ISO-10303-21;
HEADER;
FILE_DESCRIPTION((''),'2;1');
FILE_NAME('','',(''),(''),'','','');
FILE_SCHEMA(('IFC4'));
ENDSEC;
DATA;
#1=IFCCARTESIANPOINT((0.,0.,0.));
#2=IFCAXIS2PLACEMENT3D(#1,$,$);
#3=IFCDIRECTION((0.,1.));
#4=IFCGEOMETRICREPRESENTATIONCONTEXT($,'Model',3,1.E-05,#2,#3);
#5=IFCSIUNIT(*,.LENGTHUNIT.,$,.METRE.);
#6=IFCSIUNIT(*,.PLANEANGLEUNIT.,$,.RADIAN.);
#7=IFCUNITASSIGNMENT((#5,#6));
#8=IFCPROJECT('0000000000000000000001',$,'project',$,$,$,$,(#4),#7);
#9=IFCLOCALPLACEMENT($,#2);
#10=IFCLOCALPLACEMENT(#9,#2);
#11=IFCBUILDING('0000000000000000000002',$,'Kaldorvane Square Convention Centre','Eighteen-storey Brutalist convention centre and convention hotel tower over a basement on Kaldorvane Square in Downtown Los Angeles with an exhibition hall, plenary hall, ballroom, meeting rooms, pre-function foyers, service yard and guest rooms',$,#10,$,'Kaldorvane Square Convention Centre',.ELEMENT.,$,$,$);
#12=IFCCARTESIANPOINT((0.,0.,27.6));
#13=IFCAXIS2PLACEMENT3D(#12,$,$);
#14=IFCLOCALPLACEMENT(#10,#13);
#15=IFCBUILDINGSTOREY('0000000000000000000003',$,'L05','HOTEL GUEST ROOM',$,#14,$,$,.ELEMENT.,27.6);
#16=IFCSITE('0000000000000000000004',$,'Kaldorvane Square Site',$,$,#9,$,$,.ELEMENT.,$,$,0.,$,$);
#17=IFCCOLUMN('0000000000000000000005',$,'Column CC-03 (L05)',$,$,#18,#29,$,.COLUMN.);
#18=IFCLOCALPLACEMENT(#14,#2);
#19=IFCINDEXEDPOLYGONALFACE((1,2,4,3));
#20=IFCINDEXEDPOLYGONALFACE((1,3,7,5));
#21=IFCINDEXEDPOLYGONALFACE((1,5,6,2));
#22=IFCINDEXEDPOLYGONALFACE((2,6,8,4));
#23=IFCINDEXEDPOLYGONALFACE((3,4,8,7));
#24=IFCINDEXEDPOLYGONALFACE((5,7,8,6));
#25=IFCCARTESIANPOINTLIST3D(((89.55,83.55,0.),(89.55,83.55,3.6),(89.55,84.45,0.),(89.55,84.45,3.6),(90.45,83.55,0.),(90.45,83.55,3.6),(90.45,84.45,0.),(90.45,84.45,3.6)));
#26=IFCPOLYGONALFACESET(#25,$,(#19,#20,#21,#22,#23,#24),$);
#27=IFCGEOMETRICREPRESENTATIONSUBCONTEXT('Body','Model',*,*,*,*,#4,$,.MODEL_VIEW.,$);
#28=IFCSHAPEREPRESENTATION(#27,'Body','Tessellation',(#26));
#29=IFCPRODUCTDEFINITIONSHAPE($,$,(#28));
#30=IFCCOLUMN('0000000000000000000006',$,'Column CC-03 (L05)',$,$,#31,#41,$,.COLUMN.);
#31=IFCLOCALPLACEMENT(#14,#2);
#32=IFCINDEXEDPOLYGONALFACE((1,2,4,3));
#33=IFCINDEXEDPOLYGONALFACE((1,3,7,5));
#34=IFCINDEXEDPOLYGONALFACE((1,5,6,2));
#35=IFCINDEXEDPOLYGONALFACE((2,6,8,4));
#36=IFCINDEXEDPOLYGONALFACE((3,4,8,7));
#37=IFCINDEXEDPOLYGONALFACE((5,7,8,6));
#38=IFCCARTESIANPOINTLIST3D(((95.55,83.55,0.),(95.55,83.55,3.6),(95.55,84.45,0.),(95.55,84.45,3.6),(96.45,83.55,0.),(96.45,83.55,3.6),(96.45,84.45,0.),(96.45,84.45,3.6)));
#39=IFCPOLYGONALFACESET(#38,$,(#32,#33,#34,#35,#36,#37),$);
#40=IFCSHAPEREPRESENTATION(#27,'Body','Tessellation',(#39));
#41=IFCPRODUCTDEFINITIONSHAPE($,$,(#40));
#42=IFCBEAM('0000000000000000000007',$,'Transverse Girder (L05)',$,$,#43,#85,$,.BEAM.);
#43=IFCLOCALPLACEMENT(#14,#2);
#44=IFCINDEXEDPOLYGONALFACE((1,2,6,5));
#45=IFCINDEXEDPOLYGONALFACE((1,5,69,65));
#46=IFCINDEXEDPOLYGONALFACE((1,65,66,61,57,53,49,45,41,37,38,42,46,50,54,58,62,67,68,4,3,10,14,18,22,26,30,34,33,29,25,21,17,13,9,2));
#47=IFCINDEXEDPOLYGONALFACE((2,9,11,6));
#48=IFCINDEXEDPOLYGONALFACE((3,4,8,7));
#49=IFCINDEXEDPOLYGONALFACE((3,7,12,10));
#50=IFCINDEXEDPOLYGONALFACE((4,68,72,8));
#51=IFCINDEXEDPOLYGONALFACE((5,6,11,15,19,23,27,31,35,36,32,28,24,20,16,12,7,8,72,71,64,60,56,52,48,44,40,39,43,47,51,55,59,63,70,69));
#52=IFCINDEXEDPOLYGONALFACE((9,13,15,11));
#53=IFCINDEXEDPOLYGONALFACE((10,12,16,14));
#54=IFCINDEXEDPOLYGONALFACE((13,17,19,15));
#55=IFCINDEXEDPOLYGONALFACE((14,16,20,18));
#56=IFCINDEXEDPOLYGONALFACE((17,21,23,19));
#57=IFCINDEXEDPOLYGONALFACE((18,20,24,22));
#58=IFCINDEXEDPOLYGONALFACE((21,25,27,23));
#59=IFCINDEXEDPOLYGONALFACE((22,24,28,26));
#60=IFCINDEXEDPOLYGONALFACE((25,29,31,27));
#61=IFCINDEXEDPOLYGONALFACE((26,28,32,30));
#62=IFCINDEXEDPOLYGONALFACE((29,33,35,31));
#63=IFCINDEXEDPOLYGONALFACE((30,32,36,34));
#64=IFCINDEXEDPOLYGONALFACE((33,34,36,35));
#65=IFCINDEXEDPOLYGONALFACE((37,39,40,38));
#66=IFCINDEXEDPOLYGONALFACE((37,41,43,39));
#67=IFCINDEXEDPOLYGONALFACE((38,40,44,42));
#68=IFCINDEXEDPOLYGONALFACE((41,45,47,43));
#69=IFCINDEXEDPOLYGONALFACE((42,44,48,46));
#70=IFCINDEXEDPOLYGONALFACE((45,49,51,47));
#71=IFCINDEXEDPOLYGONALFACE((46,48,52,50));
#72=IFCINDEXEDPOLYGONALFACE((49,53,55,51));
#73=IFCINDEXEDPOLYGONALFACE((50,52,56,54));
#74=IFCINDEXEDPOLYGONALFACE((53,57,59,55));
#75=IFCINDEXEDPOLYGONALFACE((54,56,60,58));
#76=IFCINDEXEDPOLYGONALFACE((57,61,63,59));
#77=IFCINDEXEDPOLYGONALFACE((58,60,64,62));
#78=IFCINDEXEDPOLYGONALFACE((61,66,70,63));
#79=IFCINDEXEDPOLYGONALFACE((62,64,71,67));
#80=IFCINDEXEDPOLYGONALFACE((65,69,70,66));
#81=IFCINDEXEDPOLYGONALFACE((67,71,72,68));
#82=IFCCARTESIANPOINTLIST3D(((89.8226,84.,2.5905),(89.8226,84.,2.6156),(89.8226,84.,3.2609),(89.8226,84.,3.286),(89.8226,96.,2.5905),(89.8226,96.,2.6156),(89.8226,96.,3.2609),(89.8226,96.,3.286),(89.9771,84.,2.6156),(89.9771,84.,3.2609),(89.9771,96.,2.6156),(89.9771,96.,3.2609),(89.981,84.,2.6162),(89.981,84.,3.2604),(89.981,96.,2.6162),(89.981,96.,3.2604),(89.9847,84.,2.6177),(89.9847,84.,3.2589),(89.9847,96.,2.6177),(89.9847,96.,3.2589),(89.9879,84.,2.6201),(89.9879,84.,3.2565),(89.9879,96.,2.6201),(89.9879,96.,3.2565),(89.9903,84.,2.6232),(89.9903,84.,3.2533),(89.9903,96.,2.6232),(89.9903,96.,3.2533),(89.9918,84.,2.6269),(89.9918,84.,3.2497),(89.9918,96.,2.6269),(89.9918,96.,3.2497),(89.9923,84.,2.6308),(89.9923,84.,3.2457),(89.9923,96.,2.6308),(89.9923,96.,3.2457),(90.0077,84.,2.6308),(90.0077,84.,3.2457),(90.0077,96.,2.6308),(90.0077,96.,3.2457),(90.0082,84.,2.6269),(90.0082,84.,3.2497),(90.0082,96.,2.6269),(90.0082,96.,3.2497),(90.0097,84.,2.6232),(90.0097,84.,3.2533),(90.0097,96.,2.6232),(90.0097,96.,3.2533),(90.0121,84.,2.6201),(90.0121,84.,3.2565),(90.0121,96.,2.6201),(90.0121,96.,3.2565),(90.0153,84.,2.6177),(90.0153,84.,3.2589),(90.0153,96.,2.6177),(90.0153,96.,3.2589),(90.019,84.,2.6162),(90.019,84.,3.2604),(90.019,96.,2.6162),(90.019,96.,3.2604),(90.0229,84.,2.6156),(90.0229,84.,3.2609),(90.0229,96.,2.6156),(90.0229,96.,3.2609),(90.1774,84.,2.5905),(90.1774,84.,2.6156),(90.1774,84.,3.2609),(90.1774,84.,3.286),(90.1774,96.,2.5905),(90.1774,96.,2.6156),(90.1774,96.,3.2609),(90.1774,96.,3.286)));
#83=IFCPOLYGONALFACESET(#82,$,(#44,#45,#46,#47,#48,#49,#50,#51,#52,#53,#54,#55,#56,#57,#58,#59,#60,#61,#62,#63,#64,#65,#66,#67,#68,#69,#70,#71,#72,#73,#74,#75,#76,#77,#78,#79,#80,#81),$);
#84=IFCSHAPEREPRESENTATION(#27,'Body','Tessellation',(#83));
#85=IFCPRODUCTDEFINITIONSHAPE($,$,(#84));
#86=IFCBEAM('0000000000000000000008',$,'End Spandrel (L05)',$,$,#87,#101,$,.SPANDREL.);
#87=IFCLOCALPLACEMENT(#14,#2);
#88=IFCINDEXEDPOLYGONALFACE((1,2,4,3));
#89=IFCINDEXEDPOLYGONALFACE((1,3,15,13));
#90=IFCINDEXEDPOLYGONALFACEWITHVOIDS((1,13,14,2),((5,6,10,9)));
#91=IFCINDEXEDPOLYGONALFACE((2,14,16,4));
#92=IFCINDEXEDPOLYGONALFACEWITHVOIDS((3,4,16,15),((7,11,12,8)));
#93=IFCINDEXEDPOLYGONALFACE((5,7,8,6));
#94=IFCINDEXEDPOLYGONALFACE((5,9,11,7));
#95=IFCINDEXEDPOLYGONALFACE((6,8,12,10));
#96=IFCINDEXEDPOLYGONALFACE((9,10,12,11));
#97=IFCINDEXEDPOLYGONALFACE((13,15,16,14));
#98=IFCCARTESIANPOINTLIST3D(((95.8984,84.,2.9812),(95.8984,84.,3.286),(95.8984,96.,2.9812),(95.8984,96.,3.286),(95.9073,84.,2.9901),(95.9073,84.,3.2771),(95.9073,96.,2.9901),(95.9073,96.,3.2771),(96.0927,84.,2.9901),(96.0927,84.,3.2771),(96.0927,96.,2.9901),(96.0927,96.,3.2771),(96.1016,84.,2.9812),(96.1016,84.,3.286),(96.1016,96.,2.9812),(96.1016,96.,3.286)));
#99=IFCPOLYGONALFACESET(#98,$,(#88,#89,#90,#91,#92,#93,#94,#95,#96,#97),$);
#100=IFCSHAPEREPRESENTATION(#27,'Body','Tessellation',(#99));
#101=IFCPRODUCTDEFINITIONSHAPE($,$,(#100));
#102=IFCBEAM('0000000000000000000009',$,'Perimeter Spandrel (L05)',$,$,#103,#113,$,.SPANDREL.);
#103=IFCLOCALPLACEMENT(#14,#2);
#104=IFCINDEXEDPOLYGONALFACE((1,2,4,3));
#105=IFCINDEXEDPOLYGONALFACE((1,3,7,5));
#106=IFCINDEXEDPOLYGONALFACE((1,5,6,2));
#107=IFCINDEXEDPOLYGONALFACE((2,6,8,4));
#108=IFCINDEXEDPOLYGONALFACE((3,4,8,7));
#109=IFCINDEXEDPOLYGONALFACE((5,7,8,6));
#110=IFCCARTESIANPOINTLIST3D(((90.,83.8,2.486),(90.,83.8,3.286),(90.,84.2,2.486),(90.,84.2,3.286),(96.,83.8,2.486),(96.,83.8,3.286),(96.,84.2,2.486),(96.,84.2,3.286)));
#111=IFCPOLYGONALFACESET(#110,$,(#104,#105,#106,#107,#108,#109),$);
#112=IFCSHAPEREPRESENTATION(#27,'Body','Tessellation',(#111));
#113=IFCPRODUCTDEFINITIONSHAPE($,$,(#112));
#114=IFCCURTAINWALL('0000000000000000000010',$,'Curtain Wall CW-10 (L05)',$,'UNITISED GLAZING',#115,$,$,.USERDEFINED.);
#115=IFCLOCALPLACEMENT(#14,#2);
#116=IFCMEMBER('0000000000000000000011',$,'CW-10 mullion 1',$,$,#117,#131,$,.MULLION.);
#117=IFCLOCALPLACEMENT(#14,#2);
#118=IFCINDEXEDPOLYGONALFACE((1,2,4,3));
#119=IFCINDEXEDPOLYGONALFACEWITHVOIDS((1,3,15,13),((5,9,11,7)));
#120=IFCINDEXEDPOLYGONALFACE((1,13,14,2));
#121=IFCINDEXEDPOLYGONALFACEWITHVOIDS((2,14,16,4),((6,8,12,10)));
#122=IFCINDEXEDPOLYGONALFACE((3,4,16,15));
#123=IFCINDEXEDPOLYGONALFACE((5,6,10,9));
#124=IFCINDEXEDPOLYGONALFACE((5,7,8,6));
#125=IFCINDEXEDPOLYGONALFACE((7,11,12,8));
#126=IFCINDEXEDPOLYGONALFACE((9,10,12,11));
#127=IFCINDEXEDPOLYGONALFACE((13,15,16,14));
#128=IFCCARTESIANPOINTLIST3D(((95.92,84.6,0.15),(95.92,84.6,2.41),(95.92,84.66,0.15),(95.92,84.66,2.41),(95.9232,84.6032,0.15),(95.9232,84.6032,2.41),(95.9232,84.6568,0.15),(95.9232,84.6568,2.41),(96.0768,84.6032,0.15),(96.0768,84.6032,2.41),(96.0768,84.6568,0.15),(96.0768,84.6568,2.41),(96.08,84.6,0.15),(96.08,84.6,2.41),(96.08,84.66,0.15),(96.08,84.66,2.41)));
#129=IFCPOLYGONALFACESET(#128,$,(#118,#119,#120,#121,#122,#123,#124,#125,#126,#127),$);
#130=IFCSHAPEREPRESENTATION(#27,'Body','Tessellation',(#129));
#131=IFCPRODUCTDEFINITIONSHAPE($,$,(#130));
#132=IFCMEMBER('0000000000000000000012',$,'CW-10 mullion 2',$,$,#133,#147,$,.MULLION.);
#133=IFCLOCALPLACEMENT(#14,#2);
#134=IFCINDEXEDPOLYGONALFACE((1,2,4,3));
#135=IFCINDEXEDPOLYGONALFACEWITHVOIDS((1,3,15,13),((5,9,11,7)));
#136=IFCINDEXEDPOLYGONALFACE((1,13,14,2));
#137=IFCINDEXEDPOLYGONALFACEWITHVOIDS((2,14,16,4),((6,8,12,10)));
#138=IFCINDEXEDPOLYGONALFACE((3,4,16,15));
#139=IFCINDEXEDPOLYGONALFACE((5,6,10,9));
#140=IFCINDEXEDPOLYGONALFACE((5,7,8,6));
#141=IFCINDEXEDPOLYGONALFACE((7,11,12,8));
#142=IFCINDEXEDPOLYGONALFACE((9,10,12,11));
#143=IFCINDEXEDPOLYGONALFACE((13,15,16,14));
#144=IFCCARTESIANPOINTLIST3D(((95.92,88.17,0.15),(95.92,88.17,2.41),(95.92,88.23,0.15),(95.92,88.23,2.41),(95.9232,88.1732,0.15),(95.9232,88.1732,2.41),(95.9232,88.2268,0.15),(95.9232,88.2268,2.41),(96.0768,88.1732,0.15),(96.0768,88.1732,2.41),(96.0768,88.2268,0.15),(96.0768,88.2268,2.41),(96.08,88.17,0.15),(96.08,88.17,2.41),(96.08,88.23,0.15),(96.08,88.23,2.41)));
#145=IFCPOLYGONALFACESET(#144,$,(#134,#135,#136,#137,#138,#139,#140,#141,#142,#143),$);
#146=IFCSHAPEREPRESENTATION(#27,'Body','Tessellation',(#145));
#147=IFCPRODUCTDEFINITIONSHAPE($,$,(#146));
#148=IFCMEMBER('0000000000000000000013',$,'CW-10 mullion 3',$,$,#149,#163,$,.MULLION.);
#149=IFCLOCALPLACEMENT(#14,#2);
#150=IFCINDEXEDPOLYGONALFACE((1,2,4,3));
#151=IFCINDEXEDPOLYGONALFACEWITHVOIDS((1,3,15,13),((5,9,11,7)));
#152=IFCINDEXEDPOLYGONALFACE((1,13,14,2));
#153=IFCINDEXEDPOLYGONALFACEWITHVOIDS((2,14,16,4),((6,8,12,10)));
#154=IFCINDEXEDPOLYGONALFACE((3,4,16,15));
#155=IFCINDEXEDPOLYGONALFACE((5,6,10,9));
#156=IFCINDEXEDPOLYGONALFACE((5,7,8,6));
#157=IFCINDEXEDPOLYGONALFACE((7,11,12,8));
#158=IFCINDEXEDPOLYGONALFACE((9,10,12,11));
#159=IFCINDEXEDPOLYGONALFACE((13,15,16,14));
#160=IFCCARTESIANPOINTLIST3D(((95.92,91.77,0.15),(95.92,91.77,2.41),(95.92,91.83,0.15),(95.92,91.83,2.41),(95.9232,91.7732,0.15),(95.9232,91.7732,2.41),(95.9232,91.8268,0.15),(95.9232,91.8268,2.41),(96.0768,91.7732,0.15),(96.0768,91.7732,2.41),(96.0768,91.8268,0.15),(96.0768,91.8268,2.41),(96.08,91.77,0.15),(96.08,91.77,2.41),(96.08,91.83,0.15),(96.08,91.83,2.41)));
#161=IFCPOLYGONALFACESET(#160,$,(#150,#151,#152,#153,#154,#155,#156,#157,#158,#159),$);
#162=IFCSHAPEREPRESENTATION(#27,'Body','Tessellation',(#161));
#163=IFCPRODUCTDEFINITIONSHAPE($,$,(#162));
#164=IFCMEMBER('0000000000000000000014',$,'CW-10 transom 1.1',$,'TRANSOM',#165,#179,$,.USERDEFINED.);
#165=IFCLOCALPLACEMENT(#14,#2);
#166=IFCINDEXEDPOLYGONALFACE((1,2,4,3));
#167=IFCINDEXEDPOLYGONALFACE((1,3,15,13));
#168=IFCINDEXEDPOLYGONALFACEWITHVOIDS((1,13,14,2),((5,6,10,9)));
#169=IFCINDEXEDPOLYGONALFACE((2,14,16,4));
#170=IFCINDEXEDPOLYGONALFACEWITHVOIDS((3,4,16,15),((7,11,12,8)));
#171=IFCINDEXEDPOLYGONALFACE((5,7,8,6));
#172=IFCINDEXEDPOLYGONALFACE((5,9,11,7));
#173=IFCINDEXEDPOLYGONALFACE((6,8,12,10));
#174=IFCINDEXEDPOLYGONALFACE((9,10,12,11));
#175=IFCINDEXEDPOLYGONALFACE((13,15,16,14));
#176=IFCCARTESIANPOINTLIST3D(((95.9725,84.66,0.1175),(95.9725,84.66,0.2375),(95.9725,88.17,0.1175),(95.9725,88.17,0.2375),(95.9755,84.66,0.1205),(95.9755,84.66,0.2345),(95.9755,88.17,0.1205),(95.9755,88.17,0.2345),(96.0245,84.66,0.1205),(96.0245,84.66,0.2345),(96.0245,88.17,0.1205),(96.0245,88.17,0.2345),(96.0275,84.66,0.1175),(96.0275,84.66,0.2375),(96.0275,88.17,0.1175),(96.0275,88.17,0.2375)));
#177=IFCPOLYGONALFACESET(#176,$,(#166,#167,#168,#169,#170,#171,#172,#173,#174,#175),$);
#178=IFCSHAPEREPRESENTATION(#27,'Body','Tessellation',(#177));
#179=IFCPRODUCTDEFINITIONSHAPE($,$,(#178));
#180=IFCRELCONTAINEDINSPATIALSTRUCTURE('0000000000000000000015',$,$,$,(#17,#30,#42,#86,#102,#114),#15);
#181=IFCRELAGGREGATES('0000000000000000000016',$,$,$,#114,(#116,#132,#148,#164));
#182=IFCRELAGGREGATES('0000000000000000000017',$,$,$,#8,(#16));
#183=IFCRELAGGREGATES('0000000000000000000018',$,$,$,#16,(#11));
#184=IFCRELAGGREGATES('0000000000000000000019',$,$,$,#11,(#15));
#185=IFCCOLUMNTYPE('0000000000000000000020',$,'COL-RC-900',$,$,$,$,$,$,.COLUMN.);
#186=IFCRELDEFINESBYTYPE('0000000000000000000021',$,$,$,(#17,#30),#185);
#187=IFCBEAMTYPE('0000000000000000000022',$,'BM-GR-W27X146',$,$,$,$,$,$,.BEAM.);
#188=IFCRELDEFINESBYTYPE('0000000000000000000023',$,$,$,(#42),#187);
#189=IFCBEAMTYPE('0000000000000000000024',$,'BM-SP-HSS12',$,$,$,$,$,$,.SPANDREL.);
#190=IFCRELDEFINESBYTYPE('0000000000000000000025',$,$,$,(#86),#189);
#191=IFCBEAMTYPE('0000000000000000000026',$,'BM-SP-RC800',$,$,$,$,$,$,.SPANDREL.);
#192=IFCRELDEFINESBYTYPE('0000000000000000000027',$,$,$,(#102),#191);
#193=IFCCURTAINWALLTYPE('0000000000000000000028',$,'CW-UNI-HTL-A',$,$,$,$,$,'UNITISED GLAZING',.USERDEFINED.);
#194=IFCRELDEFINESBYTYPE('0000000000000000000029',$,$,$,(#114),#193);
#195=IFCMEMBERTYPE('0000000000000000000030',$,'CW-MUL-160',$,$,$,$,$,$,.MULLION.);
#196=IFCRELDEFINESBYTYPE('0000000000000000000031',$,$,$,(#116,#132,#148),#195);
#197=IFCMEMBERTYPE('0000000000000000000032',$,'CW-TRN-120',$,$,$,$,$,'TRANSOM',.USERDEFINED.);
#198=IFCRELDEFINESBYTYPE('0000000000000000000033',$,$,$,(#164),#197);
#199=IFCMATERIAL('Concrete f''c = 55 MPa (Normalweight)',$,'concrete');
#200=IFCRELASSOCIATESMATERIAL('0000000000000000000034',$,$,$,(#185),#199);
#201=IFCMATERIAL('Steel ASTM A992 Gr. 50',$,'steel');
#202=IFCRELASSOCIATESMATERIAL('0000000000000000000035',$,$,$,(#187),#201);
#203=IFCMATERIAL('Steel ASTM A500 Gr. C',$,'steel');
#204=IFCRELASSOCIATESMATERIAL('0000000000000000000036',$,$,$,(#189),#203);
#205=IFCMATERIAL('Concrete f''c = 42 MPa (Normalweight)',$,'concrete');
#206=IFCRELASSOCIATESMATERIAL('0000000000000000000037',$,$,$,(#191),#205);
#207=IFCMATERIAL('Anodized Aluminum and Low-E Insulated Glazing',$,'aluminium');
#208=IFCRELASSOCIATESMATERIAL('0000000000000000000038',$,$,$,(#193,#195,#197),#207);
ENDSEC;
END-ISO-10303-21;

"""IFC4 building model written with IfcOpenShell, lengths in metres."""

from ifc_helpers import new_model, si_unit, direction, frame, origin, origin_2d, place, context, subcontext, project, spatial, rectangle, hollow_rectangle, i_section, extrude, material, material_profile, profile_set, type_object, element, aggregate, save


model = new_model("IFC4")

# Units and contexts
model_context = context("Model", 3, precision=1e-05, world=origin(), true_north=direction((0.0, 1.0)))
body_context = subcontext(model_context, "Body", "Model", "MODEL_VIEW")
ifc_project = project(units=[si_unit("LENGTHUNIT", "METRE"), si_unit("PLANEANGLEUNIT", "RADIAN")], contexts=[model_context])

# Site, building, storey
site_placement = place(None, origin())
site = spatial("IfcSite", under=ifc_project, at=site_placement, Name="Kaldorvane Square Site", CompositionType="ELEMENT", RefElevation=0.0)
building_placement = place(site_placement, origin())
building = spatial("IfcBuilding", under=site, at=building_placement, Name="Kaldorvane Square Convention Centre", Description="Eighteen-storey Brutalist convention centre and convention hotel tower over a basement on Kaldorvane Square in Downtown Los Angeles with an exhibition hall, plenary hall, ballroom, meeting rooms, pre-function foyers, service yard and guest rooms", LongName="Kaldorvane Square Convention Centre", CompositionType="ELEMENT")
storey_placement = place(building_placement, frame((0.0, 0.0, 27.6)))
storey = spatial("IfcBuildingStorey", under=building, at=storey_placement, Name="L05", Description="HOTEL GUEST ROOM", CompositionType="ELEMENT", Elevation=27.6)

# Columns
ifc_material_1 = material(Name="Concrete f'c = 55 MPa (Normalweight)", Category="concrete")
ifc_material_profile_1 = material_profile(ifc_material_1, rectangle(XDim=0.9, YDim=0.9, at=origin_2d()), Name="RC900X900")
ifc_profile_set_1 = profile_set([ifc_material_profile_1], Name="Concrete f'c = 55 MPa (Normalweight)")
column_type = type_object("IfcColumnType", Name="COL-RC-900", PredefinedType="COLUMN", material=ifc_profile_set_1)
for number, where, z_axis, x_axis, name in (
    (1, (90.0, 84.0, 0.0), (0.0, 0.0, 1.0), (1.0, 0.0, 0.0), "Column CC-03 (L05)"),
    (2, (96.0, 84.0, 0.0), (0.0, 0.0, 1.0), (1.0, 0.0, 0.0), "Column CC-03 (L05)"),
):
    element("IfcColumn", number, at=place(storey_placement, frame(where, z_axis=z_axis, x_axis=x_axis)), inside=storey, type_object=column_type, Name=name, PredefinedType="COLUMN", context=body_context, shape_type="SweptSolid", body=[
        extrude(rectangle(XDim=0.9, YDim=0.9, at=origin_2d()), origin(), (0.0, 0.0, 1.0), 3.6),
    ])

# Beams
ifc_material_2 = material(Name="Steel ASTM A992 Gr. 50", Category="steel")
ifc_material_profile_2 = material_profile(ifc_material_2, i_section(OverallWidth=0.3547, OverallDepth=0.6955, WebThickness=0.0154, FlangeThickness=0.0251, FilletRadius=0.0152, at=origin_2d()), Name="W27X146")
ifc_profile_set_2 = profile_set([ifc_material_profile_2], Name="Steel ASTM A992 Gr. 50")
beam_type_1 = type_object("IfcBeamType", Name="BM-GR-W27X146", PredefinedType="BEAM", material=ifc_profile_set_2)
beam_1_placement = place(storey_placement, frame((90.0, 84.0, 2.9383), z_axis=(0.0, 1.0, 0.0), x_axis=(-1.0, 0.0, 0.0)))
element("IfcBeam", 3, at=beam_1_placement, inside=storey, type_object=beam_type_1, Name="Transverse Girder (L05)", PredefinedType="BEAM", context=body_context, shape_type="SweptSolid", body=[
    extrude(i_section(OverallWidth=0.3547, OverallDepth=0.6955, WebThickness=0.0154, FlangeThickness=0.0251, FilletRadius=0.0152, at=origin_2d()), origin(), (0.0, 0.0, 1.0), 12.0),
])
ifc_material_3 = material(Name="Steel ASTM A500 Gr. C", Category="steel")
ifc_material_profile_3 = material_profile(ifc_material_3, hollow_rectangle(XDim=0.2032, YDim=0.3048, WallThickness=0.0089, at=origin_2d()), Name="HSS12X8X3/8")
ifc_profile_set_3 = profile_set([ifc_material_profile_3], Name="Steel ASTM A500 Gr. C")
beam_type_2 = type_object("IfcBeamType", Name="BM-SP-HSS12", PredefinedType="SPANDREL", material=ifc_profile_set_3)
beam_2_placement = place(storey_placement, frame((96.0, 84.0, 3.1336), z_axis=(0.0, 1.0, 0.0), x_axis=(-1.0, 0.0, 0.0)))
element("IfcBeam", 4, at=beam_2_placement, inside=storey, type_object=beam_type_2, Name="End Spandrel (L05)", PredefinedType="SPANDREL", context=body_context, shape_type="SweptSolid", body=[
    extrude(hollow_rectangle(XDim=0.2032, YDim=0.3048, WallThickness=0.0089, at=origin_2d()), origin(), (0.0, 0.0, 1.0), 12.0),
])
ifc_material_4 = material(Name="Concrete f'c = 42 MPa (Normalweight)", Category="concrete")
ifc_material_profile_4 = material_profile(ifc_material_4, rectangle(XDim=0.4, YDim=0.8, at=origin_2d()), Name="RCSP800X400")
ifc_profile_set_4 = profile_set([ifc_material_profile_4], Name="Concrete f'c = 42 MPa (Normalweight)")
beam_type_3 = type_object("IfcBeamType", Name="BM-SP-RC800", PredefinedType="SPANDREL", material=ifc_profile_set_4)
beam_3_placement = place(storey_placement, frame((90.0, 84.0, 2.886), z_axis=(1.0, 0.0, 0.0), x_axis=(0.0, 1.0, 0.0)))
element("IfcBeam", 5, at=beam_3_placement, inside=storey, type_object=beam_type_3, Name="Perimeter Spandrel (L05)", PredefinedType="SPANDREL", context=body_context, shape_type="SweptSolid", body=[
    extrude(rectangle(XDim=0.4, YDim=0.8, at=origin_2d()), origin(), (0.0, 0.0, 1.0), 6.0),
])

# Curtain wall, members
ifc_material_5 = material(Name="Anodized Aluminum and Low-E Insulated Glazing", Category="aluminium")
curtain_wall_type = type_object("IfcCurtainWallType", Name="CW-UNI-HTL-A", ElementType="UNITISED GLAZING", PredefinedType="USERDEFINED", material=ifc_material_5)
curtain_wall_placement = place(storey_placement, origin())
curtain_wall = element("IfcCurtainWall", 6, at=curtain_wall_placement, inside=storey, type_object=curtain_wall_type, Name="Curtain Wall CW-10 (L05)", ObjectType="UNITISED GLAZING", PredefinedType="USERDEFINED")
ifc_material_profile_5 = material_profile(ifc_material_5, hollow_rectangle(XDim=0.06, YDim=0.16, WallThickness=0.0032, at=origin_2d()), Name="CWM-160X60")
ifc_profile_set_5 = profile_set([ifc_material_profile_5], Name="Anodized Aluminum and Low-E Insulated Glazing")
member_type_1 = type_object("IfcMemberType", Name="CW-MUL-160", PredefinedType="MULLION", material=ifc_profile_set_5)
member_1_placement = place(storey_placement, frame((96.0, 84.63, 0.15), z_axis=(0.0, 0.0, 1.0), x_axis=(0.0, 1.0, 0.0)))
member_1 = element("IfcMember", 7, at=member_1_placement, type_object=member_type_1, Name="CW-10 mullion 1", PredefinedType="MULLION", context=body_context, shape_type="SweptSolid", body=[
    extrude(hollow_rectangle(XDim=0.06, YDim=0.16, WallThickness=0.0032, at=origin_2d()), origin(), (0.0, 0.0, 1.0), 2.26),
])
member_2_placement = place(storey_placement, frame((96.0, 88.2, 0.15), z_axis=(0.0, 0.0, 1.0), x_axis=(0.0, 1.0, 0.0)))
member_2 = element("IfcMember", 8, at=member_2_placement, type_object=member_type_1, Name="CW-10 mullion 2", PredefinedType="MULLION", context=body_context, shape_type="SweptSolid", body=[
    extrude(hollow_rectangle(XDim=0.06, YDim=0.16, WallThickness=0.0032, at=origin_2d()), origin(), (0.0, 0.0, 1.0), 2.26),
])
member_3_placement = place(storey_placement, frame((96.0, 91.8, 0.15), z_axis=(0.0, 0.0, 1.0), x_axis=(0.0, 1.0, 0.0)))
member_3 = element("IfcMember", 9, at=member_3_placement, type_object=member_type_1, Name="CW-10 mullion 3", PredefinedType="MULLION", context=body_context, shape_type="SweptSolid", body=[
    extrude(hollow_rectangle(XDim=0.06, YDim=0.16, WallThickness=0.0032, at=origin_2d()), origin(), (0.0, 0.0, 1.0), 2.26),
])
ifc_material_profile_6 = material_profile(ifc_material_5, hollow_rectangle(XDim=0.055, YDim=0.12, WallThickness=0.003, at=origin_2d()), Name="CWT-120X55")
ifc_profile_set_6 = profile_set([ifc_material_profile_6], Name="Anodized Aluminum and Low-E Insulated Glazing")
member_type_2 = type_object("IfcMemberType", Name="CW-TRN-120", ElementType="TRANSOM", PredefinedType="USERDEFINED", material=ifc_profile_set_6)
member_4_placement = place(storey_placement, frame((96.0, 84.66, 0.1775), z_axis=(0.0, 1.0, 0.0), x_axis=(-1.0, 0.0, 0.0)))
member_4 = element("IfcMember", 10, at=member_4_placement, type_object=member_type_2, Name="CW-10 transom 1.1", ObjectType="TRANSOM", PredefinedType="USERDEFINED", context=body_context, shape_type="SweptSolid", body=[
    extrude(hollow_rectangle(XDim=0.055, YDim=0.12, WallThickness=0.003, at=origin_2d()), origin(), (0.0, 0.0, 1.0), 3.51),
])
aggregate(curtain_wall, [member_1, member_2, member_3, member_4])

save(model, "model.ifc")
